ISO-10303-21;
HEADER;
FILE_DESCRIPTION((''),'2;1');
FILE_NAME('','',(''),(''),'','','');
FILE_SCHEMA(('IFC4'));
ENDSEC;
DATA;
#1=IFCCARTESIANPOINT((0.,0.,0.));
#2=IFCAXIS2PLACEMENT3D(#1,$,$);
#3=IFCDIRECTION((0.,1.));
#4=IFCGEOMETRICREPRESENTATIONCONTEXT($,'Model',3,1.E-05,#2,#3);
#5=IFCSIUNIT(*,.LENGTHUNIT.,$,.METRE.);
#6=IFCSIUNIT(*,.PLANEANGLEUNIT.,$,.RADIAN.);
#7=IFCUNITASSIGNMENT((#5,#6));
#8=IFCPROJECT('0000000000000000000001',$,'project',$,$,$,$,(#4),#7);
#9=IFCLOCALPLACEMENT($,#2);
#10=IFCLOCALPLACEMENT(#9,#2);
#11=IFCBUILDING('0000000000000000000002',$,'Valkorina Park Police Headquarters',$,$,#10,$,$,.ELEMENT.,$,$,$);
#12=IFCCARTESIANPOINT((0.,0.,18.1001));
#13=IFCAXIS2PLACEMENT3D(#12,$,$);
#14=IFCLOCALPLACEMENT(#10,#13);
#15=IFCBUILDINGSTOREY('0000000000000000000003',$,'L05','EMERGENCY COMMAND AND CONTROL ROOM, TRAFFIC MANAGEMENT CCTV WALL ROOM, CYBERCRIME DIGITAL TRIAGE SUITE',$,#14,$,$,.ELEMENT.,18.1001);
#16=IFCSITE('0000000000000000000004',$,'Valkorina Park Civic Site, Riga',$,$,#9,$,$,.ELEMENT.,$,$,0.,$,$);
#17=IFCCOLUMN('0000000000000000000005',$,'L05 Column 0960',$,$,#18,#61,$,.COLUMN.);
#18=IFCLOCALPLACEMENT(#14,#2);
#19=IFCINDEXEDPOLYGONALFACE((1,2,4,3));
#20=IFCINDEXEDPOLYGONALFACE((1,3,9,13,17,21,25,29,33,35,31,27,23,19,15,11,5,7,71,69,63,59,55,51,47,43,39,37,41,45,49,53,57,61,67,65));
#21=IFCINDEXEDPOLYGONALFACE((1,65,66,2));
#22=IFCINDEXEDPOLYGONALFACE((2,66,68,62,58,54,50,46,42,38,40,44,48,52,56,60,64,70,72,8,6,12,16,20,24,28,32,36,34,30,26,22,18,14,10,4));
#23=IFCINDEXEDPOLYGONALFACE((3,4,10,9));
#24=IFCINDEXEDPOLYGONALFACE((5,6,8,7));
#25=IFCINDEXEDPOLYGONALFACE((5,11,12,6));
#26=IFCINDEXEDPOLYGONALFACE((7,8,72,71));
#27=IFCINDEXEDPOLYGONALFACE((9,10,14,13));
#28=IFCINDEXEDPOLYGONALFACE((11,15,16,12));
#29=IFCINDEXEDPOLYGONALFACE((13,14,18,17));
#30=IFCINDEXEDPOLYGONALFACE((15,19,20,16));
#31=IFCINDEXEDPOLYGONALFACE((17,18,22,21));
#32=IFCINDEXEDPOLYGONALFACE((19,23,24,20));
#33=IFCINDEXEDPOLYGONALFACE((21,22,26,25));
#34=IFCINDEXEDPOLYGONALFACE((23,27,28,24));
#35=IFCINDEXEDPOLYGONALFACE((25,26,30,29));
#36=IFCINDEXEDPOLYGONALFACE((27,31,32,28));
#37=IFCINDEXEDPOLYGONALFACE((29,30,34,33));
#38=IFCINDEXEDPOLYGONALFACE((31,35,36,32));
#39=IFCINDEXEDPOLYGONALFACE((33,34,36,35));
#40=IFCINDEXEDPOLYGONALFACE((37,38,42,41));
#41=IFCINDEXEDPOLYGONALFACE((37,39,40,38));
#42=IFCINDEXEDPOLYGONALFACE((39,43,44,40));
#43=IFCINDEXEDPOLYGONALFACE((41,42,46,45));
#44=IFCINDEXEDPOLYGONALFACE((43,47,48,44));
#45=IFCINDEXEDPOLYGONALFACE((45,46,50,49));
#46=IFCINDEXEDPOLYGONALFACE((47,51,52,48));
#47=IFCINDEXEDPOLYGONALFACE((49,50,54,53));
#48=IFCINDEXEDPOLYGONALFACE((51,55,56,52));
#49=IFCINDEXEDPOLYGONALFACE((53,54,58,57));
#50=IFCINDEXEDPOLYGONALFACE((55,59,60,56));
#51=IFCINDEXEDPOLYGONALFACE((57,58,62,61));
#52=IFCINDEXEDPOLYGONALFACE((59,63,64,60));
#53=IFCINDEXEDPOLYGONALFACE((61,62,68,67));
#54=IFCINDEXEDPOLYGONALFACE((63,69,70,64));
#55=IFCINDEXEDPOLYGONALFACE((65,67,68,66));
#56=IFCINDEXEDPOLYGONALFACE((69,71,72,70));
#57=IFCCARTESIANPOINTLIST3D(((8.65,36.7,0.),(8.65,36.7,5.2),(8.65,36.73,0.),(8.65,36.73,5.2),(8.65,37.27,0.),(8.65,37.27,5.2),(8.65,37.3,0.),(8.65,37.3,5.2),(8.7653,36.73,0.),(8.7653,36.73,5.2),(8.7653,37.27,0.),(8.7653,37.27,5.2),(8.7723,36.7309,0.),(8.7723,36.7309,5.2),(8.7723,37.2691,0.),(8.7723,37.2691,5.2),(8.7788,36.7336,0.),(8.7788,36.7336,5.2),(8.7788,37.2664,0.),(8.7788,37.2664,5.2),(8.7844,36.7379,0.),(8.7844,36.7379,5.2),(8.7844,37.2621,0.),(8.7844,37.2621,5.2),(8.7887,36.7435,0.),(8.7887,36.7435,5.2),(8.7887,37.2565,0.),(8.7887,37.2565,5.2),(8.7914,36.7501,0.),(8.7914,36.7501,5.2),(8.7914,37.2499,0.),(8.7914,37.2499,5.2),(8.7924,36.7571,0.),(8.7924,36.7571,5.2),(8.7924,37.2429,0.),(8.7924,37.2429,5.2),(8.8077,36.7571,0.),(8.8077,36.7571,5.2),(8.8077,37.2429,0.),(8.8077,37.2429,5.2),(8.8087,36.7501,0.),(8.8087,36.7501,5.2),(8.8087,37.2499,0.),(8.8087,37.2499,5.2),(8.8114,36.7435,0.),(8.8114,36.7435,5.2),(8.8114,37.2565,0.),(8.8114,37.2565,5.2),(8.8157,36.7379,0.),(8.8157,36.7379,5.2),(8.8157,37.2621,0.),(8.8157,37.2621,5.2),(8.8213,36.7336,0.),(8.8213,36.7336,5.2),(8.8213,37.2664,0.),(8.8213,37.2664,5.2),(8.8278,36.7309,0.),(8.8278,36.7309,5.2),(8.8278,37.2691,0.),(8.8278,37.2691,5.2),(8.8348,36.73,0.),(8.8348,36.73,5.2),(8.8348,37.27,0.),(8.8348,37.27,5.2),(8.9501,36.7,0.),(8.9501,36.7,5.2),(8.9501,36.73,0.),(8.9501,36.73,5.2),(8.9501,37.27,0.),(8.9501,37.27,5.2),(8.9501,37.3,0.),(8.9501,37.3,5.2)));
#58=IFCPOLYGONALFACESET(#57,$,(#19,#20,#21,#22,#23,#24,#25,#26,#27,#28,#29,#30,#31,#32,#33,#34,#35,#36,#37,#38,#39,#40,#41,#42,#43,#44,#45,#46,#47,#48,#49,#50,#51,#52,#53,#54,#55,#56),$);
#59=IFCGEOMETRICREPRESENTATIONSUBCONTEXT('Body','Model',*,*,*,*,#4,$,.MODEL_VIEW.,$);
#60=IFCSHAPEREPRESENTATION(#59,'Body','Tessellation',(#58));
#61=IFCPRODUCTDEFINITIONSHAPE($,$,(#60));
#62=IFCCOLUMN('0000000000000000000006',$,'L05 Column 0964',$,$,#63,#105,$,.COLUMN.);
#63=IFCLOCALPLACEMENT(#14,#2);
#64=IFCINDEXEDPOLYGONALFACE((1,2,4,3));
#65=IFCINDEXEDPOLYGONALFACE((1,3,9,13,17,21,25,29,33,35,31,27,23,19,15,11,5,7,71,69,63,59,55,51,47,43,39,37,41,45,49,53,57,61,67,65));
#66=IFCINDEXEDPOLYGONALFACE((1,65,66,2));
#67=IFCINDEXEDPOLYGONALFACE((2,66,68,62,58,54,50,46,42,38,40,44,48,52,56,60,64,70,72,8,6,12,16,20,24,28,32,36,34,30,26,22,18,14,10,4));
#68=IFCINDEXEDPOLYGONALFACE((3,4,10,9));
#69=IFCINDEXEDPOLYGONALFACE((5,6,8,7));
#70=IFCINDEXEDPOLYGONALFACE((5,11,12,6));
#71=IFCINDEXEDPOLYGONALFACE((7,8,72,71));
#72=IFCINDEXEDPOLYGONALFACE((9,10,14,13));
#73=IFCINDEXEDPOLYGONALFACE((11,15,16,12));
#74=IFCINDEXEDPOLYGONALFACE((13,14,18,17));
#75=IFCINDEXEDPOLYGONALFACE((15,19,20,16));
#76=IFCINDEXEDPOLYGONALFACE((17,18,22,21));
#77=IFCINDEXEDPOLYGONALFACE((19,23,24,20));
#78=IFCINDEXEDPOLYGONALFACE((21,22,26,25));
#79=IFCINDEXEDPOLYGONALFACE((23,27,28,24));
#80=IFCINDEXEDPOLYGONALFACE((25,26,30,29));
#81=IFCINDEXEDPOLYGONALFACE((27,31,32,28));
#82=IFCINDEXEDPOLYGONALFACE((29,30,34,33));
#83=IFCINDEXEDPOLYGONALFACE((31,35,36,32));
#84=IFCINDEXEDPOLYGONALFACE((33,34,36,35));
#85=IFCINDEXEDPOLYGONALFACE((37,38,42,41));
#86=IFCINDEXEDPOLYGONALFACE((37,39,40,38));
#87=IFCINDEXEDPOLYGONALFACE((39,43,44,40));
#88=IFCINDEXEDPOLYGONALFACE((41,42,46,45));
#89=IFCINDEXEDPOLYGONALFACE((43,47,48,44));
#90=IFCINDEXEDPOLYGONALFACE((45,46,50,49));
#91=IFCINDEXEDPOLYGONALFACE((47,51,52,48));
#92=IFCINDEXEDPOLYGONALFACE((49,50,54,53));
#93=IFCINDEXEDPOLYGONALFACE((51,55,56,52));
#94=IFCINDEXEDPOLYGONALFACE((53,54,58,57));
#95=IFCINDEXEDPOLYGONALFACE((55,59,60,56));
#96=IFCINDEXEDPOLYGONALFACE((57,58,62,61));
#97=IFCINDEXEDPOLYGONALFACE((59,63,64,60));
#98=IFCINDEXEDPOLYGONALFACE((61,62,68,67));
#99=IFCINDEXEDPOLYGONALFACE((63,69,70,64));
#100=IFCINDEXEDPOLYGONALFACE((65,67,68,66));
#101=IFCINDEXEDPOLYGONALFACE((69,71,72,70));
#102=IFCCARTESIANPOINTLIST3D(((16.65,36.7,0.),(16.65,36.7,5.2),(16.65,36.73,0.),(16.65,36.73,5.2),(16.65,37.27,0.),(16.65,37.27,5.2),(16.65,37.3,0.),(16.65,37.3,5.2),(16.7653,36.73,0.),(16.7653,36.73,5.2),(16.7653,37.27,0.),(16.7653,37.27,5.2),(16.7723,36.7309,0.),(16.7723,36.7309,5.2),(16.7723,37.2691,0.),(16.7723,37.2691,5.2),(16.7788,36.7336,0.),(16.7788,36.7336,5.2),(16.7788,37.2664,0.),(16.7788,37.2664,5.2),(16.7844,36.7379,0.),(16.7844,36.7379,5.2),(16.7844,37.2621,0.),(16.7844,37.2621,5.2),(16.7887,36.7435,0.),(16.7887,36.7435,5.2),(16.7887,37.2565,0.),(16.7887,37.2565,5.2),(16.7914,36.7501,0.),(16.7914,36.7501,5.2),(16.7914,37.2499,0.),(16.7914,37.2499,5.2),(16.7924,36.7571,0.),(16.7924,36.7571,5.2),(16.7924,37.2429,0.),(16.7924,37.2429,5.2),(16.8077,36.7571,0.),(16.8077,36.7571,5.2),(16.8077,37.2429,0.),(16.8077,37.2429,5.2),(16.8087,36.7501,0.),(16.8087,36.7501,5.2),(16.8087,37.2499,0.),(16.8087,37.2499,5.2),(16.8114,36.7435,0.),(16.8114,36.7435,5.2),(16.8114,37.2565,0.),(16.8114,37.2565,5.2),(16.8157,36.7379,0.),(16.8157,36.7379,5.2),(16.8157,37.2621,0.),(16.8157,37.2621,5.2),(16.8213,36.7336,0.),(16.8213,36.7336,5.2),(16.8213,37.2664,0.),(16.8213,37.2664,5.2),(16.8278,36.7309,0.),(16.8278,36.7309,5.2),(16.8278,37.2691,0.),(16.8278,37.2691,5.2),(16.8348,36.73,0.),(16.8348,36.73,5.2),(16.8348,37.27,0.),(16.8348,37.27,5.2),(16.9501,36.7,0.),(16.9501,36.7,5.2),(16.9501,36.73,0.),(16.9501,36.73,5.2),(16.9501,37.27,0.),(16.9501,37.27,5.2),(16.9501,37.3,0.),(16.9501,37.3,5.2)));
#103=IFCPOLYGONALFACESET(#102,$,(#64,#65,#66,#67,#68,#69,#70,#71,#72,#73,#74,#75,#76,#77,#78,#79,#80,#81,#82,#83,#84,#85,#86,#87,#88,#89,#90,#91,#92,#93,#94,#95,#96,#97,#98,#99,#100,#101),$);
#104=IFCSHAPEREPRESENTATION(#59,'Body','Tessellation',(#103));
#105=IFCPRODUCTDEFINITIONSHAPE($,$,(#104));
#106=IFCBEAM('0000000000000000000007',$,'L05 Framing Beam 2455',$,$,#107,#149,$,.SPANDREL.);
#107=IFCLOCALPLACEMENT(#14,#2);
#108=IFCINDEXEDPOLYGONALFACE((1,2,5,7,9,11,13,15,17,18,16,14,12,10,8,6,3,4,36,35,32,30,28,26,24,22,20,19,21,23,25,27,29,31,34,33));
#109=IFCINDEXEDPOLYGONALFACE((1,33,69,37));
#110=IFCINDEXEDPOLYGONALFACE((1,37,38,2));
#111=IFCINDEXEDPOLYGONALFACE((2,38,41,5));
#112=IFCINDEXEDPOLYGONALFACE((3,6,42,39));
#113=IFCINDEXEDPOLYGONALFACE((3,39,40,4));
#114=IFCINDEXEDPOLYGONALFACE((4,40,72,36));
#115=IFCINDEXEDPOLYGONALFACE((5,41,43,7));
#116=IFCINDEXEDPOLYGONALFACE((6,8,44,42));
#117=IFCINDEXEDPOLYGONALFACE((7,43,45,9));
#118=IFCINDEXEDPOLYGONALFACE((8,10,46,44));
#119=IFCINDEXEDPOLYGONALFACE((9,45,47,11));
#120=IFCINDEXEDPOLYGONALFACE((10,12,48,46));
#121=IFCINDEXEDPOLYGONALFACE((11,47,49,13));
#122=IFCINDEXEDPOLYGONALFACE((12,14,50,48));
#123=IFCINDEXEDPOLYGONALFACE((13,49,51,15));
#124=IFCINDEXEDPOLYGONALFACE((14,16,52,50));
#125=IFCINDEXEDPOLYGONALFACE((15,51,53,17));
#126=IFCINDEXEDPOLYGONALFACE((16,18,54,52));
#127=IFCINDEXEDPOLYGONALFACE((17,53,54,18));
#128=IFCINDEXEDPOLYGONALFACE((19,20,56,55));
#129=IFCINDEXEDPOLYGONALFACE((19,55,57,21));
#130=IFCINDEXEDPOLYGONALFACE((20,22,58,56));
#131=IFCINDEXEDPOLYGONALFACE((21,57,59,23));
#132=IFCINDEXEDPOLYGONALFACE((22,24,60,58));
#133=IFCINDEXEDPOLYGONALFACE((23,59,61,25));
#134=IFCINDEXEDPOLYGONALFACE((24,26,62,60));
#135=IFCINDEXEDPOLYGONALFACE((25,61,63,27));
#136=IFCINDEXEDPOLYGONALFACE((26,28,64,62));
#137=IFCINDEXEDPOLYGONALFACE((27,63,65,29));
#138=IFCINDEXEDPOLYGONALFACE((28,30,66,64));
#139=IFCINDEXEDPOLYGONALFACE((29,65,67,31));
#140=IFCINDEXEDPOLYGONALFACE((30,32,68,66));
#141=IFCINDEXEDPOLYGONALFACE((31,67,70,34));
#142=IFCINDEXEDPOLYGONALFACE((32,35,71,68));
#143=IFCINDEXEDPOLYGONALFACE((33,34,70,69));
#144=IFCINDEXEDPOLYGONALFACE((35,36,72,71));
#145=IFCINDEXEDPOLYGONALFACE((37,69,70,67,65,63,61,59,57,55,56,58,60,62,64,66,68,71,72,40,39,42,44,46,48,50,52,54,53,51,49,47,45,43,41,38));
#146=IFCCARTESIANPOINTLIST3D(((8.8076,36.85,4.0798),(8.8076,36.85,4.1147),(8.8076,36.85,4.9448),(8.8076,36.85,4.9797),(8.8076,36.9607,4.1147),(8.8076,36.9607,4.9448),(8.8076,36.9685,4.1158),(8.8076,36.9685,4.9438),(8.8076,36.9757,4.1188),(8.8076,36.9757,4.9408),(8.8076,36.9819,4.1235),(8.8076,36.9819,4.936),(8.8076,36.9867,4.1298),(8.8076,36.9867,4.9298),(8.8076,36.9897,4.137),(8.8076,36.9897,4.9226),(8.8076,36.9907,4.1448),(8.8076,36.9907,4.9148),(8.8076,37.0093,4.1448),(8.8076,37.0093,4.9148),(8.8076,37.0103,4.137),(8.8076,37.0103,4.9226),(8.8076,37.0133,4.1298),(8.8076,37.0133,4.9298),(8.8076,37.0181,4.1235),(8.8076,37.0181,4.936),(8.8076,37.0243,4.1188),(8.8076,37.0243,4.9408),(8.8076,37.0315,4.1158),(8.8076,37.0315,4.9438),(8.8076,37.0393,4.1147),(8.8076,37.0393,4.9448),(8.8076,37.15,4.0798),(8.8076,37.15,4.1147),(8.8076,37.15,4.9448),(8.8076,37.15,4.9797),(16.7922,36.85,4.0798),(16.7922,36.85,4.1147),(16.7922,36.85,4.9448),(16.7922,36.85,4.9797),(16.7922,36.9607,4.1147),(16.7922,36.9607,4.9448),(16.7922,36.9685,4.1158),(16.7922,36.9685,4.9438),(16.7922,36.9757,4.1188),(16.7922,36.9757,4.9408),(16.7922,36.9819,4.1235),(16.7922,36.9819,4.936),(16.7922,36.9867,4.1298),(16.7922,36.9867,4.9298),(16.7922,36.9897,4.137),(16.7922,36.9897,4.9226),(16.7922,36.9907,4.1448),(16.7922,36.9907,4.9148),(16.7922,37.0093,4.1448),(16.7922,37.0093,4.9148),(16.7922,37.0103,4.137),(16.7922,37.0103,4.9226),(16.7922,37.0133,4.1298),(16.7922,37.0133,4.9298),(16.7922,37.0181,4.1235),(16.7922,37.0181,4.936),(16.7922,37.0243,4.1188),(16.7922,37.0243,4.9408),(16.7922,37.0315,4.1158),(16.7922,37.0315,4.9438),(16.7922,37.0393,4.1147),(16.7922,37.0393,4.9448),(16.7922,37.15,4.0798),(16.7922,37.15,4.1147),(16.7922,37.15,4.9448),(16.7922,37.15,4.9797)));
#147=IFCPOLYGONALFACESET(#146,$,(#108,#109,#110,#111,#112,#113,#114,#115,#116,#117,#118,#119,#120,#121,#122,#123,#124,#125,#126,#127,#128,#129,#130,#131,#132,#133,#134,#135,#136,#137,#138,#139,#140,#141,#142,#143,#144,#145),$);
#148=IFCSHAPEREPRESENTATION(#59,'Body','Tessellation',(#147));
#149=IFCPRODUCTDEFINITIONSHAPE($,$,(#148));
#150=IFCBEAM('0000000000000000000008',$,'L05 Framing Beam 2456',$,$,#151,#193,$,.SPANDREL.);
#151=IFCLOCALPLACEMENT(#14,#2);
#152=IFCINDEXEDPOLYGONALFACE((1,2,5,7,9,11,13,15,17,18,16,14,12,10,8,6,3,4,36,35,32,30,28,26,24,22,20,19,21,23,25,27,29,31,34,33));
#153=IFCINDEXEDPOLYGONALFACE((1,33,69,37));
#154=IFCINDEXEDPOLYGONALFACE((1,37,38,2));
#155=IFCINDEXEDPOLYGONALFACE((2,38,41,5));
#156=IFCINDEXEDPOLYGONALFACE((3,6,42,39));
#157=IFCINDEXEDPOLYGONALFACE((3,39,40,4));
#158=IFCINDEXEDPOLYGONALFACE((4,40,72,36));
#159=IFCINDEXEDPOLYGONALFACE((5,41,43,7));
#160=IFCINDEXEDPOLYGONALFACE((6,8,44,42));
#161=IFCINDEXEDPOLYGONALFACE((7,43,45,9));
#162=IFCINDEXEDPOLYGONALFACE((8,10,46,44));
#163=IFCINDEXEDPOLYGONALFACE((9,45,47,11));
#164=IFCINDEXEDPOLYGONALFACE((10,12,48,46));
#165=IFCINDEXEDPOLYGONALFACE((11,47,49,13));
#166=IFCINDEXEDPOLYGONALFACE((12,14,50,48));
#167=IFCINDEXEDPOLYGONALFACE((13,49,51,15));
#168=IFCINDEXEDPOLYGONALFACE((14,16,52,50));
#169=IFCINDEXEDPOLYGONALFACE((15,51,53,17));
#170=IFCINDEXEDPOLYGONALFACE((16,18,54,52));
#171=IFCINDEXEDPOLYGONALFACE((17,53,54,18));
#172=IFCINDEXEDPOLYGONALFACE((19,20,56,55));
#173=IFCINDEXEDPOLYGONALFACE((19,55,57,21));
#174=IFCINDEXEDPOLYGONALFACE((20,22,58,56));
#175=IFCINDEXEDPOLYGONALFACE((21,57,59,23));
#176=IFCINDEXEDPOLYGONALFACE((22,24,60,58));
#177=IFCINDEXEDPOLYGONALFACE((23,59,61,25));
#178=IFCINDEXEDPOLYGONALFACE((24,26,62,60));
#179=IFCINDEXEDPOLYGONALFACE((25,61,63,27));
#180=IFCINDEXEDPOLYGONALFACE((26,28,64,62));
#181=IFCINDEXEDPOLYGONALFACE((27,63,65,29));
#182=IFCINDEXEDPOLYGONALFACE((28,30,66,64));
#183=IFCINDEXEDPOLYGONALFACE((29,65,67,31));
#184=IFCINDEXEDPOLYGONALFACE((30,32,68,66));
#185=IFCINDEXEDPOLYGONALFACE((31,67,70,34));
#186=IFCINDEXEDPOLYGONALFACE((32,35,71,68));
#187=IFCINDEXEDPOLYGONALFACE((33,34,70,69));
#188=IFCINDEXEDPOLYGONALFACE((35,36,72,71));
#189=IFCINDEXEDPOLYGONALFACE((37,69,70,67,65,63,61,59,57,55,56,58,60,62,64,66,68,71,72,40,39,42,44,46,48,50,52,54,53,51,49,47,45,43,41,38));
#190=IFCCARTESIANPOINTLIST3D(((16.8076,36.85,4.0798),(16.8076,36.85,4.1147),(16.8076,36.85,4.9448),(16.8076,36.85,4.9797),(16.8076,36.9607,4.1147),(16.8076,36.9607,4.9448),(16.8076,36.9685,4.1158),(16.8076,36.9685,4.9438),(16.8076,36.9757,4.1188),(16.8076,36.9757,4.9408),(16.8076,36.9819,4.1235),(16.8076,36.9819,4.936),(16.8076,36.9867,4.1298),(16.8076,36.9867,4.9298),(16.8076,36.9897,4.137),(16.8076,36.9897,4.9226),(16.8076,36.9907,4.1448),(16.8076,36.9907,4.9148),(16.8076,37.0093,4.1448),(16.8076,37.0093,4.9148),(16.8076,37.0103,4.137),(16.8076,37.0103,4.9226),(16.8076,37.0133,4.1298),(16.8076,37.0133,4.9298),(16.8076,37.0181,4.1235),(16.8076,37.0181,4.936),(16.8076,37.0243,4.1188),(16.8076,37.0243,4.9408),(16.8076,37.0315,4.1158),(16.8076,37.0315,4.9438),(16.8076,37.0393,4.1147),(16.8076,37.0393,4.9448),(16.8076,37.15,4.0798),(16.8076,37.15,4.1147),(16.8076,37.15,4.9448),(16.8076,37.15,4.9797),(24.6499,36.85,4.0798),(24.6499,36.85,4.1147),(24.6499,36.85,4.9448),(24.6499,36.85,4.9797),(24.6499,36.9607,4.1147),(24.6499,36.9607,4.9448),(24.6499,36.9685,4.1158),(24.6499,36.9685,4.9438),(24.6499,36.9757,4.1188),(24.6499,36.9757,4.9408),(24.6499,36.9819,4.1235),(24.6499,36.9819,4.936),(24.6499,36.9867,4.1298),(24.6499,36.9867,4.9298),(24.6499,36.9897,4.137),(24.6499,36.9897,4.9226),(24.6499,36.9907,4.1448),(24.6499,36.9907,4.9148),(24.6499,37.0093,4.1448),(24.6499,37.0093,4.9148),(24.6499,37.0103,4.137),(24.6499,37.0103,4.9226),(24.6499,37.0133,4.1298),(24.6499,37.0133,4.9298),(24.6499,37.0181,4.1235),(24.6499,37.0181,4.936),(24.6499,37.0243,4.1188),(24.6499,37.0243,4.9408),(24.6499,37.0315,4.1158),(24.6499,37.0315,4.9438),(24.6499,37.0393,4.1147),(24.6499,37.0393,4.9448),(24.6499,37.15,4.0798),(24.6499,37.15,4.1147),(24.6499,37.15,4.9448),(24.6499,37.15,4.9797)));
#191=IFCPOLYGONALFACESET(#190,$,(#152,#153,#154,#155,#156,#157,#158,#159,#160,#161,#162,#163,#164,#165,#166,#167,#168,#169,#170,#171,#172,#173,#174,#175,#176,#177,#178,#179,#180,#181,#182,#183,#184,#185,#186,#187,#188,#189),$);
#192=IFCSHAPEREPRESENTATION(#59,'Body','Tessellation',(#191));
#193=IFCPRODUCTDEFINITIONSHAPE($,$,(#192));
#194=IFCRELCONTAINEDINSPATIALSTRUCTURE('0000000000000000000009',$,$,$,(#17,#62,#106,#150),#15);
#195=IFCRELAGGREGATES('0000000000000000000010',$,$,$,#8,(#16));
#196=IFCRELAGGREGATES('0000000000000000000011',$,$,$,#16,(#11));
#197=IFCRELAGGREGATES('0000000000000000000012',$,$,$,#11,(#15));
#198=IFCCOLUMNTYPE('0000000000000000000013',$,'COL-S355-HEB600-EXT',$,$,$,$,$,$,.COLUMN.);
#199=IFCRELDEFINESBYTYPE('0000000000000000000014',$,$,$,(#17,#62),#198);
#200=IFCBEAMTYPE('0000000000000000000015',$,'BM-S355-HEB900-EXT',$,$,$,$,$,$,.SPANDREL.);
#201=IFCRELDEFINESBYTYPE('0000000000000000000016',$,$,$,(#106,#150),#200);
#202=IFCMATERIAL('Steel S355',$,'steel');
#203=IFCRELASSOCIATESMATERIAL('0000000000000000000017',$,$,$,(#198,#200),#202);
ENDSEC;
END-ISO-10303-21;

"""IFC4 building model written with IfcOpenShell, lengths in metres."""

from ifc_helpers import new_model, si_unit, direction, frame, origin, origin_2d, place, context, subcontext, project, spatial, i_section, extrude, material, material_profile, profile_set, type_object, element, save


model = new_model("IFC4")

# Units and contexts
model_context = context("Model", 3, precision=1e-05, world=origin(), true_north=direction((0.0, 1.0)))
body_context = subcontext(model_context, "Body", "Model", "MODEL_VIEW")
ifc_project = project(units=[si_unit("LENGTHUNIT", "METRE"), si_unit("PLANEANGLEUNIT", "RADIAN")], contexts=[model_context])

# Site, building, storey
site_placement = place(None, origin())
site = spatial("IfcSite", under=ifc_project, at=site_placement, Name="Valkorina Park Civic Site, Riga", CompositionType="ELEMENT", RefElevation=0.0)
building_placement = place(site_placement, origin())
building = spatial("IfcBuilding", under=site, at=building_placement, Name="Valkorina Park Police Headquarters", CompositionType="ELEMENT")
storey_placement = place(building_placement, frame((0.0, 0.0, 18.1001)))
storey = spatial("IfcBuildingStorey", under=building, at=storey_placement, Name="L05", Description="EMERGENCY COMMAND AND CONTROL ROOM, TRAFFIC MANAGEMENT CCTV WALL ROOM, CYBERCRIME DIGITAL TRIAGE SUITE", CompositionType="ELEMENT", Elevation=18.1001)

# Columns
ifc_material_1 = material(Name="Steel S355", Category="steel")
ifc_material_profile_1 = material_profile(ifc_material_1, i_section(OverallWidth=0.3, OverallDepth=0.6001, WebThickness=0.0154, FlangeThickness=0.03, FilletRadius=0.0271, at=origin_2d()), Name="HEB 600")
ifc_profile_set_1 = profile_set([ifc_material_profile_1], Name="Steel S355")
column_type = type_object("IfcColumnType", Name="COL-S355-HEB600-EXT", PredefinedType="COLUMN", material=ifc_profile_set_1)
for number, where, z_axis, x_axis, name in (
    (1, (8.8, 37.0, 0.0), (0.0, 0.0, 1.0), (1.0, 0.0, 0.0), "L05 Column 0960"),
    (2, (16.8, 37.0, 0.0), (0.0, 0.0, 1.0), (1.0, 0.0, 0.0), "L05 Column 0964"),
):
    element("IfcColumn", number, at=place(storey_placement, frame(where, z_axis=z_axis, x_axis=x_axis)), inside=storey, type_object=column_type, Name=name, PredefinedType="COLUMN", context=body_context, shape_type="SweptSolid", body=[
        extrude(i_section(OverallWidth=0.3, OverallDepth=0.6001, WebThickness=0.0154, FlangeThickness=0.03, FilletRadius=0.0271, at=origin_2d()), origin(), (0.0, 0.0, 1.0), 5.2),
    ])

# Beams
ifc_material_profile_2 = material_profile(ifc_material_1, i_section(OverallWidth=0.3, OverallDepth=0.8999, WebThickness=0.0186, FlangeThickness=0.0349, FilletRadius=0.03, at=origin_2d()), Name="HEB 900")
ifc_profile_set_2 = profile_set([ifc_material_profile_2], Name="Steel S355")
beam_type = type_object("IfcBeamType", Name="BM-S355-HEB900-EXT", PredefinedType="SPANDREL", material=ifc_profile_set_2)
beam_1_placement = place(storey_placement, frame((8.8076, 37.0, 4.5298), z_axis=(1.0, 0.0, 0.0), x_axis=(0.0, 1.0, 0.0)))
element("IfcBeam", 3, at=beam_1_placement, inside=storey, type_object=beam_type, Name="L05 Framing Beam 2455", PredefinedType="SPANDREL", context=body_context, shape_type="SweptSolid", body=[
    extrude(i_section(OverallWidth=0.3, OverallDepth=0.8999, WebThickness=0.0186, FlangeThickness=0.0349, FilletRadius=0.03, at=origin_2d()), origin(), (0.0, 0.0, 1.0), 7.9846),
])
beam_2_placement = place(storey_placement, frame((16.8076, 37.0, 4.5298), z_axis=(1.0, 0.0, 0.0), x_axis=(0.0, 1.0, 0.0)))
element("IfcBeam", 4, at=beam_2_placement, inside=storey, type_object=beam_type, Name="L05 Framing Beam 2456", PredefinedType="SPANDREL", context=body_context, shape_type="SweptSolid", body=[
    extrude(i_section(OverallWidth=0.3, OverallDepth=0.8999, WebThickness=0.0186, FlangeThickness=0.0349, FilletRadius=0.03, at=origin_2d()), origin(), (0.0, 0.0, 1.0), 7.8423),
])

save(model, "model.ifc")
